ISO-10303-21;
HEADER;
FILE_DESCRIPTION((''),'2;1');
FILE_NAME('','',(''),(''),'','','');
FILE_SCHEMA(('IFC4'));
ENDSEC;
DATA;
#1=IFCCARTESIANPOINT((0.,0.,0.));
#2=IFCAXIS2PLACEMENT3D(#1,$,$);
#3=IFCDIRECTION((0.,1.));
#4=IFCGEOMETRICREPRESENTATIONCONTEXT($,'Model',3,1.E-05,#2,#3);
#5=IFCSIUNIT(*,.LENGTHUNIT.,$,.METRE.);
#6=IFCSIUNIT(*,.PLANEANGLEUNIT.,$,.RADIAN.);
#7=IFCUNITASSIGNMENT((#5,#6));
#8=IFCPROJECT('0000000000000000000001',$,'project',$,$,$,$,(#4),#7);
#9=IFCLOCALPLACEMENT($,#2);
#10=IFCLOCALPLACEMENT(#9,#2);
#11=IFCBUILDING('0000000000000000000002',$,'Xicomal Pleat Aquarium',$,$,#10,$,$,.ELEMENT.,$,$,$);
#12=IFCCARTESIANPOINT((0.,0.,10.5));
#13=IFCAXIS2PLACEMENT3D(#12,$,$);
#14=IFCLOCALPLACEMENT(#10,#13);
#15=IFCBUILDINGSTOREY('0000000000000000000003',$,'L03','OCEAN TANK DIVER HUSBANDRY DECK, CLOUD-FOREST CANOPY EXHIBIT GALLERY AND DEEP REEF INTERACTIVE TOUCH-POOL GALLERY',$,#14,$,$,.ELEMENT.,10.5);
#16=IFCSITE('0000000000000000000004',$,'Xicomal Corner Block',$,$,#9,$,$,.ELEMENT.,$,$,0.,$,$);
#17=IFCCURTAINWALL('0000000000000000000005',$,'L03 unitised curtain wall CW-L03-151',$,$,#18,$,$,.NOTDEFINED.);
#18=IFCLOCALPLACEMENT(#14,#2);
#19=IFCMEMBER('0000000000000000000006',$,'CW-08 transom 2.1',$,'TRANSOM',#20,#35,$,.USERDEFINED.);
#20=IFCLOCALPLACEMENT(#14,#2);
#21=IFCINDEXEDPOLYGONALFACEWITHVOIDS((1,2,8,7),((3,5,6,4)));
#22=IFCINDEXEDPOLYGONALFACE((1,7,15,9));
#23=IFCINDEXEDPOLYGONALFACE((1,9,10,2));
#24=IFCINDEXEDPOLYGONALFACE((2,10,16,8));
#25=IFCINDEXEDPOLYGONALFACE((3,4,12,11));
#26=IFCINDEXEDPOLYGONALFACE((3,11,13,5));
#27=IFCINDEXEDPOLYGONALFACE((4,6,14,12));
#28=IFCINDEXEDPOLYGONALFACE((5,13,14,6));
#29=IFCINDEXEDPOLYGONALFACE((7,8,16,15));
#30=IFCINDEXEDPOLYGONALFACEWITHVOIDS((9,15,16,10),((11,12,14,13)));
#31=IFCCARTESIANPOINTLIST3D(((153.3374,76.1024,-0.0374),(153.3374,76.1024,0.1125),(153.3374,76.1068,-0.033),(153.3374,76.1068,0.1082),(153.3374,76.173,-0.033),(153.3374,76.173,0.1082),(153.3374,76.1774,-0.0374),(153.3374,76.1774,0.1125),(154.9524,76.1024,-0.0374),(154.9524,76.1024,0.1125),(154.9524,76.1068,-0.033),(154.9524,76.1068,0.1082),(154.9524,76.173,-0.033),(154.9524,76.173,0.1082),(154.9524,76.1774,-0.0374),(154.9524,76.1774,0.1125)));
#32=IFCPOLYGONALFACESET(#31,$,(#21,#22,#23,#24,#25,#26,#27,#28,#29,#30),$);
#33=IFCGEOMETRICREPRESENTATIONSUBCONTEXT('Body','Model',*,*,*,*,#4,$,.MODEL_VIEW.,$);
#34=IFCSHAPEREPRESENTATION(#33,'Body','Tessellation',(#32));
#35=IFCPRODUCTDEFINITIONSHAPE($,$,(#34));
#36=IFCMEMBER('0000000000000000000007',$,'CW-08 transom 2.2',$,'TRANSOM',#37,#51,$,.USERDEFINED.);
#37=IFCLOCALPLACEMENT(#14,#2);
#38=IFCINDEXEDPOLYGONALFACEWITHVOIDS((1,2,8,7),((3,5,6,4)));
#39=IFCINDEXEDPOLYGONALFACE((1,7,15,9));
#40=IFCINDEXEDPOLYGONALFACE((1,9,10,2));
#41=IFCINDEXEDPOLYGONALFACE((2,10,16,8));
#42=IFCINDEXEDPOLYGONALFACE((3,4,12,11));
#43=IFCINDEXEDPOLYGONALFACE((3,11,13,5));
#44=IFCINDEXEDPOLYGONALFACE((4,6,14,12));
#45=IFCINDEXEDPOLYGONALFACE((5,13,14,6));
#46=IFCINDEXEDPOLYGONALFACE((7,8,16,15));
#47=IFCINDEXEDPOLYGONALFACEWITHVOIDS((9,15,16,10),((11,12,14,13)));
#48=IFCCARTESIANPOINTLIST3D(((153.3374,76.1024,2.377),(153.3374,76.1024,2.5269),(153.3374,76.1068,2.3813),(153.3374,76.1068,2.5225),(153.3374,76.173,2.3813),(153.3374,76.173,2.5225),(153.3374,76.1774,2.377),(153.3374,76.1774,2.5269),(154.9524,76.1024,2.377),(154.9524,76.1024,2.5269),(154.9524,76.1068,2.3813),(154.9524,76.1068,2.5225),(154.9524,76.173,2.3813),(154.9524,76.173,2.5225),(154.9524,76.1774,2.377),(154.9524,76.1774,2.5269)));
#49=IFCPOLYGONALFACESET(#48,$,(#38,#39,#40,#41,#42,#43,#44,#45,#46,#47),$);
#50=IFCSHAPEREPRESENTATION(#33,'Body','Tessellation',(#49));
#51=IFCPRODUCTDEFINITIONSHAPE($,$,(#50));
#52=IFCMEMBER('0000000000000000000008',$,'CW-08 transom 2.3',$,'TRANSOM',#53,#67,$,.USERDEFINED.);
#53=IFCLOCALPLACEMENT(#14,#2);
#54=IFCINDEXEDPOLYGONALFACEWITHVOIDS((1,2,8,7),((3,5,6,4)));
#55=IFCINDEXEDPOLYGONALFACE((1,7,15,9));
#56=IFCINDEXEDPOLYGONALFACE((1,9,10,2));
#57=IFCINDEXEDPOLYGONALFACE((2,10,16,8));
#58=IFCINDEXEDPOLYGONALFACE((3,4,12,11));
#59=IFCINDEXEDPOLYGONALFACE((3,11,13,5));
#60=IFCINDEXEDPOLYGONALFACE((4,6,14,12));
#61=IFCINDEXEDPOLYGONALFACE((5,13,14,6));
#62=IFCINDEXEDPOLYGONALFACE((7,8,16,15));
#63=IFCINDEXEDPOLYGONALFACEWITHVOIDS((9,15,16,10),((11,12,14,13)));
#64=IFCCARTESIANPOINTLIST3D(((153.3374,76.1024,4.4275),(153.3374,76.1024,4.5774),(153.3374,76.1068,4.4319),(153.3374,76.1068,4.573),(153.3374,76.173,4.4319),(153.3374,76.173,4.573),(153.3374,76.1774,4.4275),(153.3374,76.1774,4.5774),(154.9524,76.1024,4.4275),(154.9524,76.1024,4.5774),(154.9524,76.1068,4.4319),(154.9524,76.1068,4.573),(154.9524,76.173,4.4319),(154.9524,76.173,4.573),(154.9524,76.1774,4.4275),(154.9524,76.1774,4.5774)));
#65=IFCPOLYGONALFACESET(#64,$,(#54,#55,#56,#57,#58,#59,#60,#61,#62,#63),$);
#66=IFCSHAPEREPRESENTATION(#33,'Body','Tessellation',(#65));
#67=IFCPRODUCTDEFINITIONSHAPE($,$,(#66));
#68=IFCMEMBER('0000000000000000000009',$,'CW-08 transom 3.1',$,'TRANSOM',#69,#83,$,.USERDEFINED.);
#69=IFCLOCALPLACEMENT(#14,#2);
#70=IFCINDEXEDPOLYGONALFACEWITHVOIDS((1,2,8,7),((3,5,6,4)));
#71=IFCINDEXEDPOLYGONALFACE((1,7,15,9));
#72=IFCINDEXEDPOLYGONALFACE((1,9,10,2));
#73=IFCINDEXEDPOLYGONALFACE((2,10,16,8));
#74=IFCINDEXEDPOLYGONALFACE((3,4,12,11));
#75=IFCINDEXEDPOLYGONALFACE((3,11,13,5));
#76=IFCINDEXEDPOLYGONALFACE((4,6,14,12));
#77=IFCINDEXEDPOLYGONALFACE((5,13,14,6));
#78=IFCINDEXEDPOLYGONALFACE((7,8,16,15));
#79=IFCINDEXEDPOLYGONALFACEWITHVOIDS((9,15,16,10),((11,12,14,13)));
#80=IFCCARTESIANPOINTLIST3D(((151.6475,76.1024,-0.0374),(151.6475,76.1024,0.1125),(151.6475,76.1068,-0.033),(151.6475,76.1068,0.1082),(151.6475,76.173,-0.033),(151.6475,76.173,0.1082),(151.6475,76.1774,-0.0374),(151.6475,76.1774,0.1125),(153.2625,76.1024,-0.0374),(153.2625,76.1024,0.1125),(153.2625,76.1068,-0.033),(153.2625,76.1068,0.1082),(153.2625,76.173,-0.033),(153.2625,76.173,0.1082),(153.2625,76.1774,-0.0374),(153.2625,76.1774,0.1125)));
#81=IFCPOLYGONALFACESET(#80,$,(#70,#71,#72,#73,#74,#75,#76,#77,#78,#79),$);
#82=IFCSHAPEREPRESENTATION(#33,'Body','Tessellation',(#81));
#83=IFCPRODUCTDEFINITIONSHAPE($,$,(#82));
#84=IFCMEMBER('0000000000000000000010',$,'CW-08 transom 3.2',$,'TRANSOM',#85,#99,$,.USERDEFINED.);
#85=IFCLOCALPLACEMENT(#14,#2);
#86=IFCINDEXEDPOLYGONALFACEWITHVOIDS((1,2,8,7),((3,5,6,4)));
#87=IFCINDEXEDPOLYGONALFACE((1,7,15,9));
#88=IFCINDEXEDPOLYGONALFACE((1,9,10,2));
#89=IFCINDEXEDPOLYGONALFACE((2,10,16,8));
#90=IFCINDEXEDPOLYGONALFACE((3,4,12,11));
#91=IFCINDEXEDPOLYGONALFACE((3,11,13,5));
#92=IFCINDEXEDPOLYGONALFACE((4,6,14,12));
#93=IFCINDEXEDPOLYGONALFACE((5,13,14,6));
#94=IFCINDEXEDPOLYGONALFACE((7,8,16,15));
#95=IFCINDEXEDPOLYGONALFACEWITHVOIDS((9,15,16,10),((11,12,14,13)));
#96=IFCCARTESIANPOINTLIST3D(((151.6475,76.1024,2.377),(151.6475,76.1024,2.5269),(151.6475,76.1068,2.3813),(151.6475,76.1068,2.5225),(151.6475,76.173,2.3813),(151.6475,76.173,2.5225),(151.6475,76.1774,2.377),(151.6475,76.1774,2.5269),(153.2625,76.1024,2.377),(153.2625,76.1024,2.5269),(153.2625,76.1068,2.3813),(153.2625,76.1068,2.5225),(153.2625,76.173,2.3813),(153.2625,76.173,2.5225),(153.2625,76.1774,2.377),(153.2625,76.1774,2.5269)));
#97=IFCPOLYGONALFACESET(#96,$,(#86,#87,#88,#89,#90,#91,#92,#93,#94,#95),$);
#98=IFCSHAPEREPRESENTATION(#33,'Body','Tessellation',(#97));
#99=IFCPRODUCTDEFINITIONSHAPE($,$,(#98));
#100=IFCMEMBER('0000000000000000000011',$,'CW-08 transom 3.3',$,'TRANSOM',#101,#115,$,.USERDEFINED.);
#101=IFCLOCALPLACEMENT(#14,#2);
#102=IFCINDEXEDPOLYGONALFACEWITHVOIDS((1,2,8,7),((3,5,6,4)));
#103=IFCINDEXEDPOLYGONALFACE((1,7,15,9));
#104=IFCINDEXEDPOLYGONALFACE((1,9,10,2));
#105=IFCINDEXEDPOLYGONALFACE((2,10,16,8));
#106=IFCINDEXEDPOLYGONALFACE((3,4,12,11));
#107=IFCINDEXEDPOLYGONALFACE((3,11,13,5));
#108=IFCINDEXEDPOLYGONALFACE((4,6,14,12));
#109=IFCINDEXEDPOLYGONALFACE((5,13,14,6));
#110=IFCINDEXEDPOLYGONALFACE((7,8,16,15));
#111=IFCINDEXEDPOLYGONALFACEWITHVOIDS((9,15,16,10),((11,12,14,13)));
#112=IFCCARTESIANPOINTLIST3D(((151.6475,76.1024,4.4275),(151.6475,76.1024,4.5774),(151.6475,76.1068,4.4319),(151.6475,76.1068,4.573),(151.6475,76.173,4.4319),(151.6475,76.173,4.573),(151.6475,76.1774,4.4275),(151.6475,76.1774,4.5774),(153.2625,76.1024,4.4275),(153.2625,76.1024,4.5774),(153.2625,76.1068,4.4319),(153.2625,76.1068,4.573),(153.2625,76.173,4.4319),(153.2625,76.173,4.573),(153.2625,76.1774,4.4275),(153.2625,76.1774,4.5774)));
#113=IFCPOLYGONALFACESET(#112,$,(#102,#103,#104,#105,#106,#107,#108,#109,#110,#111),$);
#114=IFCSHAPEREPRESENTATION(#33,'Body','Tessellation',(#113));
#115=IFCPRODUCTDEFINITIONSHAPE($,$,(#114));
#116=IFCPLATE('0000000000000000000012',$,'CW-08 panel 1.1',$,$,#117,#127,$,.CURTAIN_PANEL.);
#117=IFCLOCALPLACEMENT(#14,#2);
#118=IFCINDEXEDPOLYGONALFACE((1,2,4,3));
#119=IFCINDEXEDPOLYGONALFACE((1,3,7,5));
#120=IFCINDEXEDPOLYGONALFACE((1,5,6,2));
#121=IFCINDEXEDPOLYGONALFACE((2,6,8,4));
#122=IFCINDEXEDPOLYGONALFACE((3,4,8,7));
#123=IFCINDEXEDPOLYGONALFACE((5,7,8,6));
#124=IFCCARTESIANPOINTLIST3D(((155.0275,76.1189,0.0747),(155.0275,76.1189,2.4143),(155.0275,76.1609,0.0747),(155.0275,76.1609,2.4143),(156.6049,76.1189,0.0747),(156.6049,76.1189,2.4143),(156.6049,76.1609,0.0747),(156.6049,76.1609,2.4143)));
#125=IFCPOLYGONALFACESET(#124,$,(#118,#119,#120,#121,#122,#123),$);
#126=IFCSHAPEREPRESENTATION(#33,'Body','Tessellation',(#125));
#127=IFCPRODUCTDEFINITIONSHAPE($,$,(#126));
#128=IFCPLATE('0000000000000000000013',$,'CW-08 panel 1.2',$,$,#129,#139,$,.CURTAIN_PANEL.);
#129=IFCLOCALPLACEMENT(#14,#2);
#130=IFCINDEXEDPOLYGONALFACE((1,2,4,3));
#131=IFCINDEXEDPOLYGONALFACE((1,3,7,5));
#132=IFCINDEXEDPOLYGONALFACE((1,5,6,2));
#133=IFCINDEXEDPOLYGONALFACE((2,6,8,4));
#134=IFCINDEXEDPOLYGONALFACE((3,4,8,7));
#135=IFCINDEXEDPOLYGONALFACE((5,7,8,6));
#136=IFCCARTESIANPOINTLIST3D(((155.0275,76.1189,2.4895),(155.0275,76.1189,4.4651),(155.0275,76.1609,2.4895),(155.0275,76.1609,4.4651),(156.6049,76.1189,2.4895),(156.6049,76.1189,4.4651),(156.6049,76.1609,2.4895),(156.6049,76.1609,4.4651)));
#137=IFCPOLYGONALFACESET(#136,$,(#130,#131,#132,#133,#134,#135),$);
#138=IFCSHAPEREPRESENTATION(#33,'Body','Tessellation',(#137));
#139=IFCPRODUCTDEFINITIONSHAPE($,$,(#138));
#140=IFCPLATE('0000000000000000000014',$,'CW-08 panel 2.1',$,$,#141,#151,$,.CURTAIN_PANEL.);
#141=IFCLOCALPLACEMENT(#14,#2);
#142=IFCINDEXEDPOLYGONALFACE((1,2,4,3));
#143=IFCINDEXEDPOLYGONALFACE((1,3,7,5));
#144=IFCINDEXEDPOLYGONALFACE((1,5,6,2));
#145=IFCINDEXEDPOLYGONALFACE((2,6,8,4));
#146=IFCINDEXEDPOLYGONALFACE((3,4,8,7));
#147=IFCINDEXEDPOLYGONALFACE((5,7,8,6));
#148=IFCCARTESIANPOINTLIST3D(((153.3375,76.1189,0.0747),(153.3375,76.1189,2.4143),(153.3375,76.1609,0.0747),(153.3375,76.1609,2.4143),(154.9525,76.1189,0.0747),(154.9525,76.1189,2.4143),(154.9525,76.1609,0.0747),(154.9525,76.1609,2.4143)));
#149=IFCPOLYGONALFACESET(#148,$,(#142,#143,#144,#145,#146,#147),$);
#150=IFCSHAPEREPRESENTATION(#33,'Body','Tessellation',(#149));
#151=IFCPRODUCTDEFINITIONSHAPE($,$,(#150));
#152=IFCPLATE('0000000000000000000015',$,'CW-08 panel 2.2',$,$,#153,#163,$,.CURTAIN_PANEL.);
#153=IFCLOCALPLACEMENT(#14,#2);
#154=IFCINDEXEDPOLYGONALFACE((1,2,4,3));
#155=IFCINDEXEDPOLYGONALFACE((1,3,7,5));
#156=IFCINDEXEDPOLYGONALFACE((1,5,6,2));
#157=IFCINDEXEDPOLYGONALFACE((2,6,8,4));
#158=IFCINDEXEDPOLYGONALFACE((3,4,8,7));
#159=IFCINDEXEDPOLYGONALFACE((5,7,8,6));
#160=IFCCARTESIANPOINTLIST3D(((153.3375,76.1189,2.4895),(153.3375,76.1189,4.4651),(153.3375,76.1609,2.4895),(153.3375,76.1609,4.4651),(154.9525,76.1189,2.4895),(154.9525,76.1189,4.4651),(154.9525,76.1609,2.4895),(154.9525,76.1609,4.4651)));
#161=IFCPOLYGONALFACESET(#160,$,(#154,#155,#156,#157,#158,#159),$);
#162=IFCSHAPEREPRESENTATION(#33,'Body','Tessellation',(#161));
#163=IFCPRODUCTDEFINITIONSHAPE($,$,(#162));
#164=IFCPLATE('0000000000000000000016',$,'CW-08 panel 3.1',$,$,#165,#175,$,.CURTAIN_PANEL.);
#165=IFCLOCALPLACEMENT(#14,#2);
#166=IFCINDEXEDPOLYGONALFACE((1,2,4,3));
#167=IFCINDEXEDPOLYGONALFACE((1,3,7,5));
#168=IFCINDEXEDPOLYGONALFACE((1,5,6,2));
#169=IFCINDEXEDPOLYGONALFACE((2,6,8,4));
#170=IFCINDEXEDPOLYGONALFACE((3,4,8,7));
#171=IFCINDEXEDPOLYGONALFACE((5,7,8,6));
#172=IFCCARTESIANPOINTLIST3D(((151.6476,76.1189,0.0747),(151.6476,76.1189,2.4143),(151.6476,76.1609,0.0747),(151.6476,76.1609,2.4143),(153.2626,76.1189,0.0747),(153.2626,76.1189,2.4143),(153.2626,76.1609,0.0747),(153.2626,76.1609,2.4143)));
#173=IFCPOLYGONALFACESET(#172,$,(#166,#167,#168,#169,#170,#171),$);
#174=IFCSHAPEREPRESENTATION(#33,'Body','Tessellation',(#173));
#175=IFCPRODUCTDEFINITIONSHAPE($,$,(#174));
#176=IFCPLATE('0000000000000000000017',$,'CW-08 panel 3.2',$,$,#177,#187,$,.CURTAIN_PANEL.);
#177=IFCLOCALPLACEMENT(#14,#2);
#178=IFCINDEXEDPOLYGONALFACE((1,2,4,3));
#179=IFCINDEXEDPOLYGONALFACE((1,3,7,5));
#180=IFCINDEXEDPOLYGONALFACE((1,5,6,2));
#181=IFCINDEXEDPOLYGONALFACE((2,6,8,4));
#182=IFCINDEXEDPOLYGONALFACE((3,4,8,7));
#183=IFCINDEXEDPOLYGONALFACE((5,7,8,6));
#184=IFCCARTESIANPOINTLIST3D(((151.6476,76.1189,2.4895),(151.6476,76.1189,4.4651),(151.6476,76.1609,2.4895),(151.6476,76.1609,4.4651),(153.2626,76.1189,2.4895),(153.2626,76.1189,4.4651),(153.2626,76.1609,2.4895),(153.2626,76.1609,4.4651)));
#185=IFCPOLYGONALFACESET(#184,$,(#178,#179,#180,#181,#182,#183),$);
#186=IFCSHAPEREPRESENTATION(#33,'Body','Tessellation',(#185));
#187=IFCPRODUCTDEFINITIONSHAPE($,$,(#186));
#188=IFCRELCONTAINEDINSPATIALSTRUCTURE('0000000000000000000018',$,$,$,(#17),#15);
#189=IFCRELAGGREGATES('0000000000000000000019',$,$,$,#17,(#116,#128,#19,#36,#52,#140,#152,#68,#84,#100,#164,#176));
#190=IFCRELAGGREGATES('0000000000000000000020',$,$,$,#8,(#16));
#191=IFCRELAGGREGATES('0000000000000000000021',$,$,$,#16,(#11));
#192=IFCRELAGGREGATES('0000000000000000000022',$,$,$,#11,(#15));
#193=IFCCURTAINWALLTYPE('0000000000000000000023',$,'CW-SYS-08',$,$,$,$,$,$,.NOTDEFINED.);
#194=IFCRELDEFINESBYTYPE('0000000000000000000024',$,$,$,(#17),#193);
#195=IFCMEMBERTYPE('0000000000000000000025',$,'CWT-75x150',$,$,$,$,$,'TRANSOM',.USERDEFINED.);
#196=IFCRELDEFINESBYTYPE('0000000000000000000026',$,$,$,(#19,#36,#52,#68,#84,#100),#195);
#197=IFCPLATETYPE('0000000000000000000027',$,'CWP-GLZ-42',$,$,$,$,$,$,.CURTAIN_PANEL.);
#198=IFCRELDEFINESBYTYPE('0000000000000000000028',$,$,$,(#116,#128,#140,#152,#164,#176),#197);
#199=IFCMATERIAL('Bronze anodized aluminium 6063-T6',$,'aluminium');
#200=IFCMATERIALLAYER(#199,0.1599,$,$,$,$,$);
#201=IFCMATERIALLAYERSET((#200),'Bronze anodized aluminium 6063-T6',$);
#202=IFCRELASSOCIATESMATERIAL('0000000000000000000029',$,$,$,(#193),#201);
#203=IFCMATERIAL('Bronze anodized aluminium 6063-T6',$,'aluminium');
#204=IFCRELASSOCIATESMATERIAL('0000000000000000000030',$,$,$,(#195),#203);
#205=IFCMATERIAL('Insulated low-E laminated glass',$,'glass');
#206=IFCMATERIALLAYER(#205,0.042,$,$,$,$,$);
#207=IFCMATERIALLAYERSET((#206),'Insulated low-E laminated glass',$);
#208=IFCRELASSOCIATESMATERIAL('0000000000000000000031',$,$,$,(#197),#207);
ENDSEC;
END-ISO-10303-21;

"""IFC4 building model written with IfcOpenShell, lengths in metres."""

from ifc_helpers import new_model, si_unit, direction, frame, origin, origin_2d, place, context, subcontext, project, spatial, rectangle, hollow_rectangle, extrude, material, layer, layer_set, material_profile, profile_set, type_object, element, aggregate, save


model = new_model("IFC4")

# Units and contexts
model_context = context("Model", 3, precision=1e-05, world=origin(), true_north=direction((0.0, 1.0)))
body_context = subcontext(model_context, "Body", "Model", "MODEL_VIEW")
ifc_project = project(units=[si_unit("LENGTHUNIT", "METRE"), si_unit("PLANEANGLEUNIT", "RADIAN")], contexts=[model_context])

# Site, building, storey
site_placement = place(None, origin())
site = spatial("IfcSite", under=ifc_project, at=site_placement, Name="Xicomal Corner Block", CompositionType="ELEMENT", RefElevation=0.0)
building_placement = place(site_placement, origin())
building = spatial("IfcBuilding", under=site, at=building_placement, Name="Xicomal Pleat Aquarium", CompositionType="ELEMENT")
storey_placement = place(building_placement, frame((0.0, 0.0, 10.5)))
storey = spatial("IfcBuildingStorey", under=building, at=storey_placement, Name="L03", Description="OCEAN TANK DIVER HUSBANDRY DECK, CLOUD-FOREST CANOPY EXHIBIT GALLERY AND DEEP REEF INTERACTIVE TOUCH-POOL GALLERY", CompositionType="ELEMENT", Elevation=10.5)

# Curtain wall, members, plates
ifc_material_1 = material(Name="Bronze anodized aluminium 6063-T6", Category="aluminium")
ifc_layer_1 = layer(ifc_material_1, 0.1599)
ifc_layer_set_1 = layer_set([ifc_layer_1], Name="Bronze anodized aluminium 6063-T6")
curtain_wall_type = type_object("IfcCurtainWallType", Name="CW-SYS-08", PredefinedType="NOTDEFINED", material=ifc_layer_set_1)
curtain_wall_placement = place(storey_placement, origin())
curtain_wall = element("IfcCurtainWall", 1, at=curtain_wall_placement, inside=storey, type_object=curtain_wall_type, Name="L03 unitised curtain wall CW-L03-151", PredefinedType="NOTDEFINED")
ifc_material_2 = material(Name="Bronze anodized aluminium 6063-T6", Category="aluminium")
ifc_material_profile_1 = material_profile(ifc_material_2, hollow_rectangle(XDim=0.075, YDim=0.1499, WallThickness=0.0044, at=origin_2d()), Name="ALU TRAN 75x150")
ifc_profile_set_1 = profile_set([ifc_material_profile_1], Name="Bronze anodized aluminium 6063-T6")
member_type_1 = type_object("IfcMemberType", Name="CWT-75x150", ElementType="TRANSOM", PredefinedType="USERDEFINED", material=ifc_profile_set_1)
member_1_placement = place(storey_placement, frame((154.9524, 76.1399, 0.0376), z_axis=(-1.0, 0.0, 0.0), x_axis=(0.0, -1.0, 0.0)))
member_1 = element("IfcMember", 2, at=member_1_placement, type_object=member_type_1, Name="CW-08 transom 2.1", ObjectType="TRANSOM", PredefinedType="USERDEFINED", context=body_context, shape_type="SweptSolid", body=[
    extrude(hollow_rectangle(XDim=0.075, YDim=0.1499, WallThickness=0.0044, at=origin_2d()), origin(), (0.0, 0.0, 1.0), 1.615),
])
member_2_placement = place(storey_placement, frame((154.9524, 76.1399, 2.4519), z_axis=(-1.0, 0.0, 0.0), x_axis=(0.0, -1.0, 0.0)))
member_2 = element("IfcMember", 3, at=member_2_placement, type_object=member_type_1, Name="CW-08 transom 2.2", ObjectType="TRANSOM", PredefinedType="USERDEFINED", context=body_context, shape_type="SweptSolid", body=[
    extrude(hollow_rectangle(XDim=0.075, YDim=0.1499, WallThickness=0.0044, at=origin_2d()), origin(), (0.0, 0.0, 1.0), 1.615),
])
member_3_placement = place(storey_placement, frame((154.9524, 76.1399, 4.5024), z_axis=(-1.0, 0.0, 0.0), x_axis=(0.0, -1.0, 0.0)))
member_3 = element("IfcMember", 4, at=member_3_placement, type_object=member_type_1, Name="CW-08 transom 2.3", ObjectType="TRANSOM", PredefinedType="USERDEFINED", context=body_context, shape_type="SweptSolid", body=[
    extrude(hollow_rectangle(XDim=0.075, YDim=0.1499, WallThickness=0.0044, at=origin_2d()), origin(), (0.0, 0.0, 1.0), 1.615),
])
member_4_placement = place(storey_placement, frame((153.2625, 76.1399, 0.0376), z_axis=(-1.0, 0.0, 0.0), x_axis=(0.0, -1.0, 0.0)))
member_4 = element("IfcMember", 5, at=member_4_placement, type_object=member_type_1, Name="CW-08 transom 3.1", ObjectType="TRANSOM", PredefinedType="USERDEFINED", context=body_context, shape_type="SweptSolid", body=[
    extrude(hollow_rectangle(XDim=0.075, YDim=0.1499, WallThickness=0.0044, at=origin_2d()), origin(), (0.0, 0.0, 1.0), 1.615),
])
member_5_placement = place(storey_placement, frame((153.2625, 76.1399, 2.4519), z_axis=(-1.0, 0.0, 0.0), x_axis=(0.0, -1.0, 0.0)))
member_5 = element("IfcMember", 6, at=member_5_placement, type_object=member_type_1, Name="CW-08 transom 3.2", ObjectType="TRANSOM", PredefinedType="USERDEFINED", context=body_context, shape_type="SweptSolid", body=[
    extrude(hollow_rectangle(XDim=0.075, YDim=0.1499, WallThickness=0.0044, at=origin_2d()), origin(), (0.0, 0.0, 1.0), 1.615),
])
member_6_placement = place(storey_placement, frame((153.2625, 76.1399, 4.5024), z_axis=(-1.0, 0.0, 0.0), x_axis=(0.0, -1.0, 0.0)))
member_6 = element("IfcMember", 7, at=member_6_placement, type_object=member_type_1, Name="CW-08 transom 3.3", ObjectType="TRANSOM", PredefinedType="USERDEFINED", context=body_context, shape_type="SweptSolid", body=[
    extrude(hollow_rectangle(XDim=0.075, YDim=0.1499, WallThickness=0.0044, at=origin_2d()), origin(), (0.0, 0.0, 1.0), 1.615),
])
ifc_material_3 = material(Name="Insulated low-E laminated glass", Category="glass")
ifc_layer_2 = layer(ifc_material_3, 0.042)
ifc_layer_set_2 = layer_set([ifc_layer_2], Name="Insulated low-E laminated glass")
plate_type = type_object("IfcPlateType", Name="CWP-GLZ-42", PredefinedType="CURTAIN_PANEL", material=ifc_layer_set_2)
plate_1_placement = place(storey_placement, frame((155.8162, 76.1399, 0.0747), z_axis=(0.0, 0.0, 1.0), x_axis=(-1.0, 0.0, 0.0)))
plate_1 = element("IfcPlate", 8, at=plate_1_placement, type_object=plate_type, Name="CW-08 panel 1.1", PredefinedType="CURTAIN_PANEL", context=body_context, shape_type="SweptSolid", body=[
    extrude(rectangle(XDim=1.5774, YDim=0.042, at=origin_2d()), origin(), (0.0, 0.0, 1.0), 2.3396),
])
plate_2_placement = place(storey_placement, frame((155.8162, 76.1399, 2.4895), z_axis=(0.0, 0.0, 1.0), x_axis=(-1.0, 0.0, 0.0)))
plate_2 = element("IfcPlate", 9, at=plate_2_placement, type_object=plate_type, Name="CW-08 panel 1.2", PredefinedType="CURTAIN_PANEL", context=body_context, shape_type="SweptSolid", body=[
    extrude(rectangle(XDim=1.5774, YDim=0.042, at=origin_2d()), origin(), (0.0, 0.0, 1.0), 1.9756),
])
plate_3_placement = place(storey_placement, frame((154.145, 76.1399, 0.0747), z_axis=(0.0, 0.0, 1.0), x_axis=(-1.0, 0.0, 0.0)))
plate_3 = element("IfcPlate", 10, at=plate_3_placement, type_object=plate_type, Name="CW-08 panel 2.1", PredefinedType="CURTAIN_PANEL", context=body_context, shape_type="SweptSolid", body=[
    extrude(rectangle(XDim=1.615, YDim=0.042, at=origin_2d()), origin(), (0.0, 0.0, 1.0), 2.3396),
])
plate_4_placement = place(storey_placement, frame((154.145, 76.1399, 2.4895), z_axis=(0.0, 0.0, 1.0), x_axis=(-1.0, 0.0, 0.0)))
plate_4 = element("IfcPlate", 11, at=plate_4_placement, type_object=plate_type, Name="CW-08 panel 2.2", PredefinedType="CURTAIN_PANEL", context=body_context, shape_type="SweptSolid", body=[
    extrude(rectangle(XDim=1.615, YDim=0.042, at=origin_2d()), origin(), (0.0, 0.0, 1.0), 1.9756),
])
plate_5_placement = place(storey_placement, frame((152.4551, 76.1399, 0.0747), z_axis=(0.0, 0.0, 1.0), x_axis=(-1.0, 0.0, 0.0)))
plate_5 = element("IfcPlate", 12, at=plate_5_placement, type_object=plate_type, Name="CW-08 panel 3.1", PredefinedType="CURTAIN_PANEL", context=body_context, shape_type="SweptSolid", body=[
    extrude(rectangle(XDim=1.615, YDim=0.042, at=origin_2d()), origin(), (0.0, 0.0, 1.0), 2.3396),
])
plate_6_placement = place(storey_placement, frame((152.4551, 76.1399, 2.4895), z_axis=(0.0, 0.0, 1.0), x_axis=(-1.0, 0.0, 0.0)))
plate_6 = element("IfcPlate", 13, at=plate_6_placement, type_object=plate_type, Name="CW-08 panel 3.2", PredefinedType="CURTAIN_PANEL", context=body_context, shape_type="SweptSolid", body=[
    extrude(rectangle(XDim=1.615, YDim=0.042, at=origin_2d()), origin(), (0.0, 0.0, 1.0), 1.9756),
])
aggregate(curtain_wall, [plate_1, plate_2, member_1, member_2, member_3, plate_3, plate_4, member_4, member_5, member_6, plate_5, plate_6])

save(model, "model.ifc")
